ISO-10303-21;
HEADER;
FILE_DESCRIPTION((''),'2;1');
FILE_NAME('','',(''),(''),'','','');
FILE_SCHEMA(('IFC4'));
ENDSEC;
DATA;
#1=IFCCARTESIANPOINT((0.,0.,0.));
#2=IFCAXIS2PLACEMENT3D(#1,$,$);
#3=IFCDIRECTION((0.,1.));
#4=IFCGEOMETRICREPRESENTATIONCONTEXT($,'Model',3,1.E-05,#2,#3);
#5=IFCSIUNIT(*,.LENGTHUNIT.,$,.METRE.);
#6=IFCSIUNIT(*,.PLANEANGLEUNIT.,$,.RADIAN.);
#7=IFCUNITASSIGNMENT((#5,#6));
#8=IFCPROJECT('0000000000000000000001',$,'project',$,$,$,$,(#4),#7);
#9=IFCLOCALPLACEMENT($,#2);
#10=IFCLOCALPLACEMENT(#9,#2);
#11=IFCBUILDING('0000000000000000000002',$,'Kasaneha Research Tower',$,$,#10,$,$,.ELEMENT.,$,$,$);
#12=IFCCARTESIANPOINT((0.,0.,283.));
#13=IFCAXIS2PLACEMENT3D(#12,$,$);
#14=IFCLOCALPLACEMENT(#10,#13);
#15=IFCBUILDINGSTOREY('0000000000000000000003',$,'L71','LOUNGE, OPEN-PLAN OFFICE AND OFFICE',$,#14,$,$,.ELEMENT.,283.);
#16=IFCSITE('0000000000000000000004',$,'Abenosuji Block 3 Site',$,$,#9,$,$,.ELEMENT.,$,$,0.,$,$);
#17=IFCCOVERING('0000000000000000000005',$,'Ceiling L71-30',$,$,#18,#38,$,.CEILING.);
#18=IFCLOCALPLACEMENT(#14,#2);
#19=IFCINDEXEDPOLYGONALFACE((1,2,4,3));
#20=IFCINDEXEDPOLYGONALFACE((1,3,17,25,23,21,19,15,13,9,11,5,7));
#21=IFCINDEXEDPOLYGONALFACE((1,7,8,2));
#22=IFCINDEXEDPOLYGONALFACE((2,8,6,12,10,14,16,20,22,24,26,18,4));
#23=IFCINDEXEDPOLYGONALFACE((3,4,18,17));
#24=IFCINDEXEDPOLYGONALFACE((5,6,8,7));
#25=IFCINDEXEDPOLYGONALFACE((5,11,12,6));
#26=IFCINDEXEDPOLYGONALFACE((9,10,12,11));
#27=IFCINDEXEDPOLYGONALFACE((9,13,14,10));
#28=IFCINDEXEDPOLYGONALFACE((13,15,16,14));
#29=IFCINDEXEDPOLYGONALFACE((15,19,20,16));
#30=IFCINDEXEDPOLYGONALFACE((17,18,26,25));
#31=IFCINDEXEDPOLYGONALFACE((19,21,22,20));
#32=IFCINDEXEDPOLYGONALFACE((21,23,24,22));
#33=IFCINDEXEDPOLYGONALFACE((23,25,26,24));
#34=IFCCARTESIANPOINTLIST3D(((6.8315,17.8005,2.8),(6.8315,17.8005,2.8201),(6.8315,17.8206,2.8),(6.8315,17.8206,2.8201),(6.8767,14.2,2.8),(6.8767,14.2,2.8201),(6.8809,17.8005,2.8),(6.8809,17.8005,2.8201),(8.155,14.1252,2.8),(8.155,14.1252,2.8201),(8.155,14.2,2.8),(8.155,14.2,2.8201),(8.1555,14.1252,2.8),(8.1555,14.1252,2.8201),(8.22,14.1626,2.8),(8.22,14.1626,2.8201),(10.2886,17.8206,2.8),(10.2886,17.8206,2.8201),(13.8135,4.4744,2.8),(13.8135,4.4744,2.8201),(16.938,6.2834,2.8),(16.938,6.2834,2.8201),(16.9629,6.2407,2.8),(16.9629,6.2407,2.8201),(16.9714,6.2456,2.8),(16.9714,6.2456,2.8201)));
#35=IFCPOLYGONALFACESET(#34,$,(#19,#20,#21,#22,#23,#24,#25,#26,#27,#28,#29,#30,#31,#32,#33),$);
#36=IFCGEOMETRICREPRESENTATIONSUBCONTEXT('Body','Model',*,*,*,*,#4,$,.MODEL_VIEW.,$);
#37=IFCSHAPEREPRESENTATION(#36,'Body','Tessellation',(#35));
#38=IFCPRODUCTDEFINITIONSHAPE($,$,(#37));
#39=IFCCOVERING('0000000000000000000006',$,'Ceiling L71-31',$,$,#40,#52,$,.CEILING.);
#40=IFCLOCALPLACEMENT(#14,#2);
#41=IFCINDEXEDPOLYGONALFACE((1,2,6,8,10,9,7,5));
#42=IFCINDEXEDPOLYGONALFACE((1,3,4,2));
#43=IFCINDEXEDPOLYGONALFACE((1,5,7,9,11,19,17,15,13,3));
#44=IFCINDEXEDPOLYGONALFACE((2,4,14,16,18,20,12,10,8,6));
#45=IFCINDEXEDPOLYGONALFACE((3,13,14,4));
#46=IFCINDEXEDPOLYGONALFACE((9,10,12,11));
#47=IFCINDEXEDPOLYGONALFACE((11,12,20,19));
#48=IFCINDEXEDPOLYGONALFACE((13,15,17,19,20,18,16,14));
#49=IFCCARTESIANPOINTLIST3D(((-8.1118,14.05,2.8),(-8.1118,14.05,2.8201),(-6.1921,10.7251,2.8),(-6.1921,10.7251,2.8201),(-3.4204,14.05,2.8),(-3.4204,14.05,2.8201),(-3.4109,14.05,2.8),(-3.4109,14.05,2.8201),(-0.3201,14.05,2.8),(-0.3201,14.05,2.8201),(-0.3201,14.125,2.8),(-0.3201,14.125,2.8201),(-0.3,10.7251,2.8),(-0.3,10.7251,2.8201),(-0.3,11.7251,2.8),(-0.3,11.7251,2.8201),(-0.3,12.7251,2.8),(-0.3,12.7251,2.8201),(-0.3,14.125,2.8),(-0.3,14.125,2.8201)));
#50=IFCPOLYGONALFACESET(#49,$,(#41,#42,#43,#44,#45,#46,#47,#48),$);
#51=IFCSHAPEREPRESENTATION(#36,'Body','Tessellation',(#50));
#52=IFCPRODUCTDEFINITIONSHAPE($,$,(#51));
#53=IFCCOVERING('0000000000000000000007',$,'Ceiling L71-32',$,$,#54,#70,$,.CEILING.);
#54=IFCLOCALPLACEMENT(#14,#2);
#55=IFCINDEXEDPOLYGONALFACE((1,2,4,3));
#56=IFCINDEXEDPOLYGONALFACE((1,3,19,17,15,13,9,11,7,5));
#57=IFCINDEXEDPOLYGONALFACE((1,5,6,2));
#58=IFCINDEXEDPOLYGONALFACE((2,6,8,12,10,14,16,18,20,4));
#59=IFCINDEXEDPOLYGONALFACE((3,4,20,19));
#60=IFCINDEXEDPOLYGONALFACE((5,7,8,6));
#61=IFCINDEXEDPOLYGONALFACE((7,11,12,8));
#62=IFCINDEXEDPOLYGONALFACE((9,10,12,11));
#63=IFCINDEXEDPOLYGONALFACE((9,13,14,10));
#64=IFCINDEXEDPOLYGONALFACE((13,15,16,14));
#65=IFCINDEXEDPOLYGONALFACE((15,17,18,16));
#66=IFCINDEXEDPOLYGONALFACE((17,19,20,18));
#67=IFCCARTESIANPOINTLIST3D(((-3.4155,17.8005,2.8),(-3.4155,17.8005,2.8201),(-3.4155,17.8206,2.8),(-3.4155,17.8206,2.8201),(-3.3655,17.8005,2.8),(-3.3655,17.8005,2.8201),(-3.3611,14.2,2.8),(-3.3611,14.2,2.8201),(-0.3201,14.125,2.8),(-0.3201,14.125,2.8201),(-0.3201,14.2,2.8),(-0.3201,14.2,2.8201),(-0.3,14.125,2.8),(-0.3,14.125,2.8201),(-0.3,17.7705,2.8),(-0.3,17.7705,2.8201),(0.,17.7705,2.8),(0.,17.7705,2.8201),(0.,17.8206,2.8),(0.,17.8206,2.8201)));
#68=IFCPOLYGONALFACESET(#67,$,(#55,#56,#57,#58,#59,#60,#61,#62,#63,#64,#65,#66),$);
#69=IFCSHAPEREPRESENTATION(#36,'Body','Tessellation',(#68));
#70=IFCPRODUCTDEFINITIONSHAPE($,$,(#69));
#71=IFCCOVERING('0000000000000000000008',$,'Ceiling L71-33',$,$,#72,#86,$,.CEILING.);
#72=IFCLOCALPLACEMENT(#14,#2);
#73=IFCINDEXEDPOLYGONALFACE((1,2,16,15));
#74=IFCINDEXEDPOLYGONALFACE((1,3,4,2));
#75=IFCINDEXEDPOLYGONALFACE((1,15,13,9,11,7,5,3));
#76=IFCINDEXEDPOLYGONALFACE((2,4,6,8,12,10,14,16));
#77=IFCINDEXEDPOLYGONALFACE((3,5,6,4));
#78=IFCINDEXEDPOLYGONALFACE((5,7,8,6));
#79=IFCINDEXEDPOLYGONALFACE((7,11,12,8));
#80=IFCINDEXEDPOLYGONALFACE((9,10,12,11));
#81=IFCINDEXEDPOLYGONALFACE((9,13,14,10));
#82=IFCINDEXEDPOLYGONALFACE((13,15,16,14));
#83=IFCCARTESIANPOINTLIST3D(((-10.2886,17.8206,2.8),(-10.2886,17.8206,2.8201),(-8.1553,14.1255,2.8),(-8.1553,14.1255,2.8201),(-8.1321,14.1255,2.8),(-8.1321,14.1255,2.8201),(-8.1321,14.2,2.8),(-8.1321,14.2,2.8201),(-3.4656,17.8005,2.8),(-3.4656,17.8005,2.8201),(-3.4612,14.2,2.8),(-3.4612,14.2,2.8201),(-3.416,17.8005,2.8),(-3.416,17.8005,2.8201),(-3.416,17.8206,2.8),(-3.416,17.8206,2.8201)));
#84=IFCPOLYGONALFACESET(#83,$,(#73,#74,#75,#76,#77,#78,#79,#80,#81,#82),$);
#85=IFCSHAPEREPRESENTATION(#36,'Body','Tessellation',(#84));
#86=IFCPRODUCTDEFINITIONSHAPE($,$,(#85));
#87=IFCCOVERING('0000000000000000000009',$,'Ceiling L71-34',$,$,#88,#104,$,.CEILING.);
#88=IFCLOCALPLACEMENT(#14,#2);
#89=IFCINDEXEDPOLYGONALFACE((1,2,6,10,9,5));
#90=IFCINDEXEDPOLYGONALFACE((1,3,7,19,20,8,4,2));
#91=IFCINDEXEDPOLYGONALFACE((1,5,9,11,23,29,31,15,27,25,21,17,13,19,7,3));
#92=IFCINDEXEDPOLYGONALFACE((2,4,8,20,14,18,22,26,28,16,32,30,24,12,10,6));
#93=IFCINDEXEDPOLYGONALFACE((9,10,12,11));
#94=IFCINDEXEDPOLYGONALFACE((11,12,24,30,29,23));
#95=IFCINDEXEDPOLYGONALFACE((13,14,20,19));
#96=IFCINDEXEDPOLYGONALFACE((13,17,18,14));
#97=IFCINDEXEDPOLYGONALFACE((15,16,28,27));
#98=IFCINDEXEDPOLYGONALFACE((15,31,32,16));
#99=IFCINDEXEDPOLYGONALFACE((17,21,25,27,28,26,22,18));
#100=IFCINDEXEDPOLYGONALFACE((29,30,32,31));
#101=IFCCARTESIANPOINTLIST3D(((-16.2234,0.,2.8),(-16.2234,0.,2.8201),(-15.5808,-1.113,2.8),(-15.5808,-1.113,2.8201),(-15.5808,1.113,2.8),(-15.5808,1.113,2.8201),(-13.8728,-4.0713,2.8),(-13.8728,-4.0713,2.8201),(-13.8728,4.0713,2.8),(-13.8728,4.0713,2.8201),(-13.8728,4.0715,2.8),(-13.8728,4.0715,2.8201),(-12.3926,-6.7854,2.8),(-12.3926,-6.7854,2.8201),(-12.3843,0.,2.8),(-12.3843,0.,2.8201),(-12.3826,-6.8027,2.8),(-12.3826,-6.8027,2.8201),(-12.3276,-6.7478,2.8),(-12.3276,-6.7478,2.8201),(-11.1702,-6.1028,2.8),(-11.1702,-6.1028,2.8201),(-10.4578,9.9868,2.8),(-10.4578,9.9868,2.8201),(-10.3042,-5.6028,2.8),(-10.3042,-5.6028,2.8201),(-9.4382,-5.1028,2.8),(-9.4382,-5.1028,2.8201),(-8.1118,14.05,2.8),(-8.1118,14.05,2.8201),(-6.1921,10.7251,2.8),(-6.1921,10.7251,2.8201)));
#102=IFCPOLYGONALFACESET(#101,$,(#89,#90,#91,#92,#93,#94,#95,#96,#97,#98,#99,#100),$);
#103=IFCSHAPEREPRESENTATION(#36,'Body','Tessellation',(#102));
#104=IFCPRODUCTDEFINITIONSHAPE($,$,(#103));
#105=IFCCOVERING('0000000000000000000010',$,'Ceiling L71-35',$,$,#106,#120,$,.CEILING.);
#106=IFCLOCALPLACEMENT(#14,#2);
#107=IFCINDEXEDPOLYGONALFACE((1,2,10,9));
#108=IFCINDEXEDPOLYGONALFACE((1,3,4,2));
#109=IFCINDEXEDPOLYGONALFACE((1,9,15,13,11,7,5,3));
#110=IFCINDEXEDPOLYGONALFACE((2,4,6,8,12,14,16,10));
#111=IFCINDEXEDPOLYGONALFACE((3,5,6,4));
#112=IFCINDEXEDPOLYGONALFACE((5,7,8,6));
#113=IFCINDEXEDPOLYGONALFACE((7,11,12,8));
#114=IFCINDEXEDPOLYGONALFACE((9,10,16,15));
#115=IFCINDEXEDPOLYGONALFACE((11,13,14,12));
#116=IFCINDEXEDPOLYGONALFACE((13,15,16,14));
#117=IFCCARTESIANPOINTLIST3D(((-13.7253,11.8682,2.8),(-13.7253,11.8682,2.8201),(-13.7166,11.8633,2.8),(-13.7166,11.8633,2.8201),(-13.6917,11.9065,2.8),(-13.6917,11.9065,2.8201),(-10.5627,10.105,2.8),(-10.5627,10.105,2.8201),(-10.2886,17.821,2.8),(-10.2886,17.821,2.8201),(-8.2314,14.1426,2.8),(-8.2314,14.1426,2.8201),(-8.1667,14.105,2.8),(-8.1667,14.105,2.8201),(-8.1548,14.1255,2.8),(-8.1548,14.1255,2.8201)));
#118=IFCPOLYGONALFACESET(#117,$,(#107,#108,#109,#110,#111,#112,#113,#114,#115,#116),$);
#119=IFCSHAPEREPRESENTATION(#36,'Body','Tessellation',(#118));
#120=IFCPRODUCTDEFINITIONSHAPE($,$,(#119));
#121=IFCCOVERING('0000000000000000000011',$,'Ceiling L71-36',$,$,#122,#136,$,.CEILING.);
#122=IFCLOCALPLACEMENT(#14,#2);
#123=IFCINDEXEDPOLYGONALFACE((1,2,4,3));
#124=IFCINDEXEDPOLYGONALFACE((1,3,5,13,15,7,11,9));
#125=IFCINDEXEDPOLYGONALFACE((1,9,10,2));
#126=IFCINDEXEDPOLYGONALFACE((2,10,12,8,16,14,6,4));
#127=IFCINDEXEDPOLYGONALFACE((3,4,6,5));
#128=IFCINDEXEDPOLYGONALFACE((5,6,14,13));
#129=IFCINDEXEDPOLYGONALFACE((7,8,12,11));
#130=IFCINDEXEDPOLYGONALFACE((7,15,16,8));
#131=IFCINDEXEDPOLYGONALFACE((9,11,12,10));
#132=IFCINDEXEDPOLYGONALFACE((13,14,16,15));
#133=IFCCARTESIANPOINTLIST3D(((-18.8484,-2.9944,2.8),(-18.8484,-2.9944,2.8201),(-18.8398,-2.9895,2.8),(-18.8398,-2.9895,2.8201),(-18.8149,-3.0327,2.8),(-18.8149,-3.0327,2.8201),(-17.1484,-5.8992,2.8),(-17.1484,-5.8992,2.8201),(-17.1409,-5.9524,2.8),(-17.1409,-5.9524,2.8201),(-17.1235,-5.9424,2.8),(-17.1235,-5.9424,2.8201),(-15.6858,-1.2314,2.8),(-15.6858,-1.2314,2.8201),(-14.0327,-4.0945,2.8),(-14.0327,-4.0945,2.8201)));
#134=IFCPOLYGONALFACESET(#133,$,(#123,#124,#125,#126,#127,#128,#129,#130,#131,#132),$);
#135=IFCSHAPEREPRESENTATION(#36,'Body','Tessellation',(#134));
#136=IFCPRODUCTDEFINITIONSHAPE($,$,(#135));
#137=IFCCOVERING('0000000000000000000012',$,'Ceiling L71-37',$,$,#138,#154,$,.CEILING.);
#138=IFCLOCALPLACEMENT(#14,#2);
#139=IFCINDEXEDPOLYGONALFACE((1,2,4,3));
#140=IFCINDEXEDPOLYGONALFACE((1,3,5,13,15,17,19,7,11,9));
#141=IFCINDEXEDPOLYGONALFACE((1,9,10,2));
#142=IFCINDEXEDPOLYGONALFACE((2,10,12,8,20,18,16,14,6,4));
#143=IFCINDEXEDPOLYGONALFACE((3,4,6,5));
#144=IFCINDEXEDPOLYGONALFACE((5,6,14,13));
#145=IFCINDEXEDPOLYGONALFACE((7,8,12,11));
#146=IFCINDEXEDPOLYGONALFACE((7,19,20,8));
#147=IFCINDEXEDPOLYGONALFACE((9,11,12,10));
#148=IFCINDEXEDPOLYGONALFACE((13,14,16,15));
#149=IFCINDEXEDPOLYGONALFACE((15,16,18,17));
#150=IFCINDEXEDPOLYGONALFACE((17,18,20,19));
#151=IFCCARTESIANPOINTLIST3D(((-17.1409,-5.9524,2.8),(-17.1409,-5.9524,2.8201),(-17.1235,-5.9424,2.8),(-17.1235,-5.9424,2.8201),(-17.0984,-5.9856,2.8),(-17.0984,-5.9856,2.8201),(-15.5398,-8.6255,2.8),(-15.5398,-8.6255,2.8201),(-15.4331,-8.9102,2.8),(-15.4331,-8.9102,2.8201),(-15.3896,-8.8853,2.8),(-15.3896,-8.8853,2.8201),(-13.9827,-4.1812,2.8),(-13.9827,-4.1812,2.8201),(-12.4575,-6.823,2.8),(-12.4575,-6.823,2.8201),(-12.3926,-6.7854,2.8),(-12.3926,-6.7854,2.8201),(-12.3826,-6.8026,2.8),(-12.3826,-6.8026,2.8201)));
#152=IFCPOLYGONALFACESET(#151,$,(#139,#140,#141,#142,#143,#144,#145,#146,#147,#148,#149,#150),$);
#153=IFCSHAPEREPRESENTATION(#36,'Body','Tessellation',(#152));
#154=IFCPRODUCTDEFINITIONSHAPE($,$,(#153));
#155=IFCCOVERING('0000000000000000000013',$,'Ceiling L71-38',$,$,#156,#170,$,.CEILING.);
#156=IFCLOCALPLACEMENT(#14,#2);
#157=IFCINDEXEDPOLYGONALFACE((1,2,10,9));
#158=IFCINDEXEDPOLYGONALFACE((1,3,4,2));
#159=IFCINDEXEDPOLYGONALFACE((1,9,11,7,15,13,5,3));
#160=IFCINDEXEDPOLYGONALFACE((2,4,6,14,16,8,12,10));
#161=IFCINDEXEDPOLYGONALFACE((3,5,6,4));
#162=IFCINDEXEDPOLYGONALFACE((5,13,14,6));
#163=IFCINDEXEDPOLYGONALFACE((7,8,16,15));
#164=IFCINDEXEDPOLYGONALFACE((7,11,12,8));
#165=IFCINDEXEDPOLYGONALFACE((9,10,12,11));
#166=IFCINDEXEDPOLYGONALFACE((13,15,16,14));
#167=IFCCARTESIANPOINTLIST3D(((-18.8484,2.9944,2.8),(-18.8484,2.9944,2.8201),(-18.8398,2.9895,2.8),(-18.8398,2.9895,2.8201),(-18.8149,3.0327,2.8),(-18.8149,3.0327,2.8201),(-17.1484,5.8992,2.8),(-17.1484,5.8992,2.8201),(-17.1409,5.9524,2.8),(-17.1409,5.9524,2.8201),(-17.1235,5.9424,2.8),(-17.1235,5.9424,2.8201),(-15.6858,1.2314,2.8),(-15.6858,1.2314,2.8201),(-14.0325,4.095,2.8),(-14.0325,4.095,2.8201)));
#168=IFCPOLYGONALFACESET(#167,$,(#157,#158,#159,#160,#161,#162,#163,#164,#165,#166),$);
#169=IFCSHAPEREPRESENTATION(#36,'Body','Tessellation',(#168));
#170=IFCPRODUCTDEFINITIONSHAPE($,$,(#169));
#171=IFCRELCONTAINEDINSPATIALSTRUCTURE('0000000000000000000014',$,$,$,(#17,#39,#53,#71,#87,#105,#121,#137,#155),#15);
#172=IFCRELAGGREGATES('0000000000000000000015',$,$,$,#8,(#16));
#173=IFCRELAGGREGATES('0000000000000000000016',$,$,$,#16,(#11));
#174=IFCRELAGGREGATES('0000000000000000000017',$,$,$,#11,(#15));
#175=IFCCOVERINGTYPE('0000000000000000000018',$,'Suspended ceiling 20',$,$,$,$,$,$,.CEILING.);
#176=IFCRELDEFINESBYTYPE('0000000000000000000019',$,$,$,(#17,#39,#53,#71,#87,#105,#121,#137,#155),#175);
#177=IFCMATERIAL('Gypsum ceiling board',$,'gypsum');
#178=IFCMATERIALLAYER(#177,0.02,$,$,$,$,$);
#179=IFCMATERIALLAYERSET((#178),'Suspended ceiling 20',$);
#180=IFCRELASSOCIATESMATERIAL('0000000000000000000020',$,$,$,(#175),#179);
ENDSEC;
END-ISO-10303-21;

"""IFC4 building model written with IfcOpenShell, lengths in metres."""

from ifc_helpers import new_model, si_unit, direction, frame, origin, place, context, subcontext, project, spatial, polyline, outline, extrude, material, layer, layer_set, type_object, element, save


model = new_model("IFC4")

# Units and contexts
model_context = context("Model", 3, precision=1e-05, world=origin(), true_north=direction((0.0, 1.0)))
body_context = subcontext(model_context, "Body", "Model", "MODEL_VIEW")
ifc_project = project(units=[si_unit("LENGTHUNIT", "METRE"), si_unit("PLANEANGLEUNIT", "RADIAN")], contexts=[model_context])

# Site, building, storey
site_placement = place(None, origin())
site = spatial("IfcSite", under=ifc_project, at=site_placement, Name="Abenosuji Block 3 Site", CompositionType="ELEMENT", RefElevation=0.0)
building_placement = place(site_placement, origin())
building = spatial("IfcBuilding", under=site, at=building_placement, Name="Kasaneha Research Tower", CompositionType="ELEMENT")
storey_placement = place(building_placement, frame((0.0, 0.0, 283.0)))
storey = spatial("IfcBuildingStorey", under=building, at=storey_placement, Name="L71", Description="LOUNGE, OPEN-PLAN OFFICE AND OFFICE", CompositionType="ELEMENT", Elevation=283.0)

# Coverings
ifc_material_1 = material(Name="Gypsum ceiling board", Category="gypsum")
ifc_layer_1 = layer(ifc_material_1, 0.02)
ifc_layer_set_1 = layer_set([ifc_layer_1], Name="Suspended ceiling 20")
covering_type_1 = type_object("IfcCoveringType", Name="Suspended ceiling 20", PredefinedType="CEILING", material=ifc_layer_set_1)
covering_1_placement = place(storey_placement, frame((0.0, 0.0, 2.8)))
element("IfcCovering", 1, at=covering_1_placement, inside=storey, type_object=covering_type_1, Name="Ceiling L71-30", PredefinedType="CEILING", context=body_context, shape_type="SweptSolid", body=[
    extrude(outline(polyline([(16.9629, 6.2407), (16.938, 6.2834), (13.8135, 4.4744), (8.22, 14.1626), (8.1555, 14.1252), (8.1555, 14.1252), (8.155, 14.1252), (8.155, 14.2), (6.8767, 14.2), (6.8809, 17.8005), (6.8315, 17.8005), (6.8315, 17.8206), (10.2886, 17.8206), (16.9714, 6.2456), (16.9629, 6.2407)])), origin(), (0.0, 0.0, 1.0), 0.02),
])
covering_2_placement = place(storey_placement, frame((0.0, 0.0, 2.8)))
element("IfcCovering", 2, at=covering_2_placement, inside=storey, type_object=covering_type_1, Name="Ceiling L71-31", PredefinedType="CEILING", context=body_context, shape_type="SweptSolid", body=[
    extrude(outline(polyline([(-0.3, 11.7251), (-0.3, 10.7251), (-6.1921, 10.7251), (-8.1118, 14.05), (-8.1118, 14.05), (-3.4204, 14.05), (-3.4109, 14.05), (-0.3201, 14.05), (-0.3201, 14.125), (-0.3, 14.125), (-0.3, 12.7251), (-0.3, 11.7251)])), origin(), (0.0, 0.0, 1.0), 0.02),
])
covering_3_placement = place(storey_placement, frame((0.0, 0.0, 2.8)))
element("IfcCovering", 3, at=covering_3_placement, inside=storey, type_object=covering_type_1, Name="Ceiling L71-32", PredefinedType="CEILING", context=body_context, shape_type="SweptSolid", body=[
    extrude(outline(polyline([(0.0, 17.7705), (-0.3, 17.7705), (-0.3, 17.7705), (-0.3, 14.125), (-0.3201, 14.125), (-0.3201, 14.2), (-3.3611, 14.2), (-3.3655, 17.8005), (-3.4155, 17.8005), (-3.4155, 17.8206), (0.0, 17.8206), (0.0, 17.7705)])), origin(), (0.0, 0.0, 1.0), 0.02),
])
covering_4_placement = place(storey_placement, frame((0.0, 0.0, 2.8)))
element("IfcCovering", 4, at=covering_4_placement, inside=storey, type_object=covering_type_1, Name="Ceiling L71-33", PredefinedType="CEILING", context=body_context, shape_type="SweptSolid", body=[
    extrude(outline(polyline([(-3.416, 17.8005), (-3.4656, 17.8005), (-3.4612, 14.2), (-8.1321, 14.2), (-8.1321, 14.1255), (-8.1553, 14.1255), (-10.2886, 17.8206), (-3.416, 17.8206), (-3.416, 17.8005)])), origin(), (0.0, 0.0, 1.0), 0.02),
])
covering_5_placement = place(storey_placement, frame((0.0, 0.0, 2.8)))
element("IfcCovering", 5, at=covering_5_placement, inside=storey, type_object=covering_type_1, Name="Ceiling L71-34", PredefinedType="CEILING", context=body_context, shape_type="SweptSolid", body=[
    extrude(outline(polyline([(-12.3843, 0.0), (-9.4382, -5.1028), (-10.3042, -5.6028), (-10.3042, -5.6028), (-11.1702, -6.1028), (-11.1702, -6.1028), (-12.3826, -6.8027), (-12.3926, -6.7854), (-12.3276, -6.7478), (-13.8728, -4.0713), (-13.8728, -4.0713), (-15.5808, -1.113), (-15.5808, -1.113), (-16.2234, 0.0), (-15.5808, 1.113), (-15.5808, 1.113), (-13.8728, 4.0713), (-13.8728, 4.0715), (-10.4578, 9.9868), (-10.4578, 9.9868), (-8.1118, 14.05), (-6.1921, 10.7251), (-12.3843, 0.0)])), origin(), (0.0, 0.0, 1.0), 0.02),
])
covering_6_placement = place(storey_placement, frame((0.0, 0.0, 2.8)))
element("IfcCovering", 6, at=covering_6_placement, inside=storey, type_object=covering_type_1, Name="Ceiling L71-35", PredefinedType="CEILING", context=body_context, shape_type="SweptSolid", body=[
    extrude(outline(polyline([(-8.1548, 14.1255), (-8.1667, 14.105), (-8.2314, 14.1426), (-10.5627, 10.105), (-13.6917, 11.9065), (-13.7166, 11.8633), (-13.7253, 11.8682), (-10.2886, 17.821), (-8.1548, 14.1255)])), origin(), (0.0, 0.0, 1.0), 0.02),
])
covering_7_placement = place(storey_placement, frame((0.0, 0.0, 2.8)))
element("IfcCovering", 7, at=covering_7_placement, inside=storey, type_object=covering_type_1, Name="Ceiling L71-36", PredefinedType="CEILING", context=body_context, shape_type="SweptSolid", body=[
    extrude(outline(polyline([(-18.8398, -2.9895), (-18.8149, -3.0327), (-15.6858, -1.2314), (-14.0327, -4.0945), (-17.1484, -5.8992), (-17.1235, -5.9424), (-17.1409, -5.9524), (-18.8484, -2.9944), (-18.8398, -2.9895)])), origin(), (0.0, 0.0, 1.0), 0.02),
])
covering_8_placement = place(storey_placement, frame((0.0, 0.0, 2.8)))
element("IfcCovering", 8, at=covering_8_placement, inside=storey, type_object=covering_type_1, Name="Ceiling L71-37", PredefinedType="CEILING", context=body_context, shape_type="SweptSolid", body=[
    extrude(outline(polyline([(-15.5398, -8.6255), (-15.5398, -8.6255), (-15.3896, -8.8853), (-15.4331, -8.9102), (-17.1409, -5.9524), (-17.1235, -5.9424), (-17.0984, -5.9856), (-13.9827, -4.1812), (-12.4575, -6.823), (-12.3926, -6.7854), (-12.3826, -6.8027), (-12.1228, -6.6526), (-15.5398, -8.6255), (-15.5398, -8.6255)])), origin(), (0.0, 0.0, 1.0), 0.02),
])
covering_9_placement = place(storey_placement, frame((0.0, 0.0, 2.8)))
element("IfcCovering", 9, at=covering_9_placement, inside=storey, type_object=covering_type_1, Name="Ceiling L71-38", PredefinedType="CEILING", context=body_context, shape_type="SweptSolid", body=[
    extrude(outline(polyline([(-17.1235, 5.9424), (-17.1484, 5.8992), (-14.0325, 4.095), (-15.6858, 1.2314), (-18.8149, 3.0327), (-18.8398, 2.9895), (-18.8484, 2.9944), (-17.1409, 5.9524), (-17.1235, 5.9424)])), origin(), (0.0, 0.0, 1.0), 0.02),
])

save(model, "model.ifc")
